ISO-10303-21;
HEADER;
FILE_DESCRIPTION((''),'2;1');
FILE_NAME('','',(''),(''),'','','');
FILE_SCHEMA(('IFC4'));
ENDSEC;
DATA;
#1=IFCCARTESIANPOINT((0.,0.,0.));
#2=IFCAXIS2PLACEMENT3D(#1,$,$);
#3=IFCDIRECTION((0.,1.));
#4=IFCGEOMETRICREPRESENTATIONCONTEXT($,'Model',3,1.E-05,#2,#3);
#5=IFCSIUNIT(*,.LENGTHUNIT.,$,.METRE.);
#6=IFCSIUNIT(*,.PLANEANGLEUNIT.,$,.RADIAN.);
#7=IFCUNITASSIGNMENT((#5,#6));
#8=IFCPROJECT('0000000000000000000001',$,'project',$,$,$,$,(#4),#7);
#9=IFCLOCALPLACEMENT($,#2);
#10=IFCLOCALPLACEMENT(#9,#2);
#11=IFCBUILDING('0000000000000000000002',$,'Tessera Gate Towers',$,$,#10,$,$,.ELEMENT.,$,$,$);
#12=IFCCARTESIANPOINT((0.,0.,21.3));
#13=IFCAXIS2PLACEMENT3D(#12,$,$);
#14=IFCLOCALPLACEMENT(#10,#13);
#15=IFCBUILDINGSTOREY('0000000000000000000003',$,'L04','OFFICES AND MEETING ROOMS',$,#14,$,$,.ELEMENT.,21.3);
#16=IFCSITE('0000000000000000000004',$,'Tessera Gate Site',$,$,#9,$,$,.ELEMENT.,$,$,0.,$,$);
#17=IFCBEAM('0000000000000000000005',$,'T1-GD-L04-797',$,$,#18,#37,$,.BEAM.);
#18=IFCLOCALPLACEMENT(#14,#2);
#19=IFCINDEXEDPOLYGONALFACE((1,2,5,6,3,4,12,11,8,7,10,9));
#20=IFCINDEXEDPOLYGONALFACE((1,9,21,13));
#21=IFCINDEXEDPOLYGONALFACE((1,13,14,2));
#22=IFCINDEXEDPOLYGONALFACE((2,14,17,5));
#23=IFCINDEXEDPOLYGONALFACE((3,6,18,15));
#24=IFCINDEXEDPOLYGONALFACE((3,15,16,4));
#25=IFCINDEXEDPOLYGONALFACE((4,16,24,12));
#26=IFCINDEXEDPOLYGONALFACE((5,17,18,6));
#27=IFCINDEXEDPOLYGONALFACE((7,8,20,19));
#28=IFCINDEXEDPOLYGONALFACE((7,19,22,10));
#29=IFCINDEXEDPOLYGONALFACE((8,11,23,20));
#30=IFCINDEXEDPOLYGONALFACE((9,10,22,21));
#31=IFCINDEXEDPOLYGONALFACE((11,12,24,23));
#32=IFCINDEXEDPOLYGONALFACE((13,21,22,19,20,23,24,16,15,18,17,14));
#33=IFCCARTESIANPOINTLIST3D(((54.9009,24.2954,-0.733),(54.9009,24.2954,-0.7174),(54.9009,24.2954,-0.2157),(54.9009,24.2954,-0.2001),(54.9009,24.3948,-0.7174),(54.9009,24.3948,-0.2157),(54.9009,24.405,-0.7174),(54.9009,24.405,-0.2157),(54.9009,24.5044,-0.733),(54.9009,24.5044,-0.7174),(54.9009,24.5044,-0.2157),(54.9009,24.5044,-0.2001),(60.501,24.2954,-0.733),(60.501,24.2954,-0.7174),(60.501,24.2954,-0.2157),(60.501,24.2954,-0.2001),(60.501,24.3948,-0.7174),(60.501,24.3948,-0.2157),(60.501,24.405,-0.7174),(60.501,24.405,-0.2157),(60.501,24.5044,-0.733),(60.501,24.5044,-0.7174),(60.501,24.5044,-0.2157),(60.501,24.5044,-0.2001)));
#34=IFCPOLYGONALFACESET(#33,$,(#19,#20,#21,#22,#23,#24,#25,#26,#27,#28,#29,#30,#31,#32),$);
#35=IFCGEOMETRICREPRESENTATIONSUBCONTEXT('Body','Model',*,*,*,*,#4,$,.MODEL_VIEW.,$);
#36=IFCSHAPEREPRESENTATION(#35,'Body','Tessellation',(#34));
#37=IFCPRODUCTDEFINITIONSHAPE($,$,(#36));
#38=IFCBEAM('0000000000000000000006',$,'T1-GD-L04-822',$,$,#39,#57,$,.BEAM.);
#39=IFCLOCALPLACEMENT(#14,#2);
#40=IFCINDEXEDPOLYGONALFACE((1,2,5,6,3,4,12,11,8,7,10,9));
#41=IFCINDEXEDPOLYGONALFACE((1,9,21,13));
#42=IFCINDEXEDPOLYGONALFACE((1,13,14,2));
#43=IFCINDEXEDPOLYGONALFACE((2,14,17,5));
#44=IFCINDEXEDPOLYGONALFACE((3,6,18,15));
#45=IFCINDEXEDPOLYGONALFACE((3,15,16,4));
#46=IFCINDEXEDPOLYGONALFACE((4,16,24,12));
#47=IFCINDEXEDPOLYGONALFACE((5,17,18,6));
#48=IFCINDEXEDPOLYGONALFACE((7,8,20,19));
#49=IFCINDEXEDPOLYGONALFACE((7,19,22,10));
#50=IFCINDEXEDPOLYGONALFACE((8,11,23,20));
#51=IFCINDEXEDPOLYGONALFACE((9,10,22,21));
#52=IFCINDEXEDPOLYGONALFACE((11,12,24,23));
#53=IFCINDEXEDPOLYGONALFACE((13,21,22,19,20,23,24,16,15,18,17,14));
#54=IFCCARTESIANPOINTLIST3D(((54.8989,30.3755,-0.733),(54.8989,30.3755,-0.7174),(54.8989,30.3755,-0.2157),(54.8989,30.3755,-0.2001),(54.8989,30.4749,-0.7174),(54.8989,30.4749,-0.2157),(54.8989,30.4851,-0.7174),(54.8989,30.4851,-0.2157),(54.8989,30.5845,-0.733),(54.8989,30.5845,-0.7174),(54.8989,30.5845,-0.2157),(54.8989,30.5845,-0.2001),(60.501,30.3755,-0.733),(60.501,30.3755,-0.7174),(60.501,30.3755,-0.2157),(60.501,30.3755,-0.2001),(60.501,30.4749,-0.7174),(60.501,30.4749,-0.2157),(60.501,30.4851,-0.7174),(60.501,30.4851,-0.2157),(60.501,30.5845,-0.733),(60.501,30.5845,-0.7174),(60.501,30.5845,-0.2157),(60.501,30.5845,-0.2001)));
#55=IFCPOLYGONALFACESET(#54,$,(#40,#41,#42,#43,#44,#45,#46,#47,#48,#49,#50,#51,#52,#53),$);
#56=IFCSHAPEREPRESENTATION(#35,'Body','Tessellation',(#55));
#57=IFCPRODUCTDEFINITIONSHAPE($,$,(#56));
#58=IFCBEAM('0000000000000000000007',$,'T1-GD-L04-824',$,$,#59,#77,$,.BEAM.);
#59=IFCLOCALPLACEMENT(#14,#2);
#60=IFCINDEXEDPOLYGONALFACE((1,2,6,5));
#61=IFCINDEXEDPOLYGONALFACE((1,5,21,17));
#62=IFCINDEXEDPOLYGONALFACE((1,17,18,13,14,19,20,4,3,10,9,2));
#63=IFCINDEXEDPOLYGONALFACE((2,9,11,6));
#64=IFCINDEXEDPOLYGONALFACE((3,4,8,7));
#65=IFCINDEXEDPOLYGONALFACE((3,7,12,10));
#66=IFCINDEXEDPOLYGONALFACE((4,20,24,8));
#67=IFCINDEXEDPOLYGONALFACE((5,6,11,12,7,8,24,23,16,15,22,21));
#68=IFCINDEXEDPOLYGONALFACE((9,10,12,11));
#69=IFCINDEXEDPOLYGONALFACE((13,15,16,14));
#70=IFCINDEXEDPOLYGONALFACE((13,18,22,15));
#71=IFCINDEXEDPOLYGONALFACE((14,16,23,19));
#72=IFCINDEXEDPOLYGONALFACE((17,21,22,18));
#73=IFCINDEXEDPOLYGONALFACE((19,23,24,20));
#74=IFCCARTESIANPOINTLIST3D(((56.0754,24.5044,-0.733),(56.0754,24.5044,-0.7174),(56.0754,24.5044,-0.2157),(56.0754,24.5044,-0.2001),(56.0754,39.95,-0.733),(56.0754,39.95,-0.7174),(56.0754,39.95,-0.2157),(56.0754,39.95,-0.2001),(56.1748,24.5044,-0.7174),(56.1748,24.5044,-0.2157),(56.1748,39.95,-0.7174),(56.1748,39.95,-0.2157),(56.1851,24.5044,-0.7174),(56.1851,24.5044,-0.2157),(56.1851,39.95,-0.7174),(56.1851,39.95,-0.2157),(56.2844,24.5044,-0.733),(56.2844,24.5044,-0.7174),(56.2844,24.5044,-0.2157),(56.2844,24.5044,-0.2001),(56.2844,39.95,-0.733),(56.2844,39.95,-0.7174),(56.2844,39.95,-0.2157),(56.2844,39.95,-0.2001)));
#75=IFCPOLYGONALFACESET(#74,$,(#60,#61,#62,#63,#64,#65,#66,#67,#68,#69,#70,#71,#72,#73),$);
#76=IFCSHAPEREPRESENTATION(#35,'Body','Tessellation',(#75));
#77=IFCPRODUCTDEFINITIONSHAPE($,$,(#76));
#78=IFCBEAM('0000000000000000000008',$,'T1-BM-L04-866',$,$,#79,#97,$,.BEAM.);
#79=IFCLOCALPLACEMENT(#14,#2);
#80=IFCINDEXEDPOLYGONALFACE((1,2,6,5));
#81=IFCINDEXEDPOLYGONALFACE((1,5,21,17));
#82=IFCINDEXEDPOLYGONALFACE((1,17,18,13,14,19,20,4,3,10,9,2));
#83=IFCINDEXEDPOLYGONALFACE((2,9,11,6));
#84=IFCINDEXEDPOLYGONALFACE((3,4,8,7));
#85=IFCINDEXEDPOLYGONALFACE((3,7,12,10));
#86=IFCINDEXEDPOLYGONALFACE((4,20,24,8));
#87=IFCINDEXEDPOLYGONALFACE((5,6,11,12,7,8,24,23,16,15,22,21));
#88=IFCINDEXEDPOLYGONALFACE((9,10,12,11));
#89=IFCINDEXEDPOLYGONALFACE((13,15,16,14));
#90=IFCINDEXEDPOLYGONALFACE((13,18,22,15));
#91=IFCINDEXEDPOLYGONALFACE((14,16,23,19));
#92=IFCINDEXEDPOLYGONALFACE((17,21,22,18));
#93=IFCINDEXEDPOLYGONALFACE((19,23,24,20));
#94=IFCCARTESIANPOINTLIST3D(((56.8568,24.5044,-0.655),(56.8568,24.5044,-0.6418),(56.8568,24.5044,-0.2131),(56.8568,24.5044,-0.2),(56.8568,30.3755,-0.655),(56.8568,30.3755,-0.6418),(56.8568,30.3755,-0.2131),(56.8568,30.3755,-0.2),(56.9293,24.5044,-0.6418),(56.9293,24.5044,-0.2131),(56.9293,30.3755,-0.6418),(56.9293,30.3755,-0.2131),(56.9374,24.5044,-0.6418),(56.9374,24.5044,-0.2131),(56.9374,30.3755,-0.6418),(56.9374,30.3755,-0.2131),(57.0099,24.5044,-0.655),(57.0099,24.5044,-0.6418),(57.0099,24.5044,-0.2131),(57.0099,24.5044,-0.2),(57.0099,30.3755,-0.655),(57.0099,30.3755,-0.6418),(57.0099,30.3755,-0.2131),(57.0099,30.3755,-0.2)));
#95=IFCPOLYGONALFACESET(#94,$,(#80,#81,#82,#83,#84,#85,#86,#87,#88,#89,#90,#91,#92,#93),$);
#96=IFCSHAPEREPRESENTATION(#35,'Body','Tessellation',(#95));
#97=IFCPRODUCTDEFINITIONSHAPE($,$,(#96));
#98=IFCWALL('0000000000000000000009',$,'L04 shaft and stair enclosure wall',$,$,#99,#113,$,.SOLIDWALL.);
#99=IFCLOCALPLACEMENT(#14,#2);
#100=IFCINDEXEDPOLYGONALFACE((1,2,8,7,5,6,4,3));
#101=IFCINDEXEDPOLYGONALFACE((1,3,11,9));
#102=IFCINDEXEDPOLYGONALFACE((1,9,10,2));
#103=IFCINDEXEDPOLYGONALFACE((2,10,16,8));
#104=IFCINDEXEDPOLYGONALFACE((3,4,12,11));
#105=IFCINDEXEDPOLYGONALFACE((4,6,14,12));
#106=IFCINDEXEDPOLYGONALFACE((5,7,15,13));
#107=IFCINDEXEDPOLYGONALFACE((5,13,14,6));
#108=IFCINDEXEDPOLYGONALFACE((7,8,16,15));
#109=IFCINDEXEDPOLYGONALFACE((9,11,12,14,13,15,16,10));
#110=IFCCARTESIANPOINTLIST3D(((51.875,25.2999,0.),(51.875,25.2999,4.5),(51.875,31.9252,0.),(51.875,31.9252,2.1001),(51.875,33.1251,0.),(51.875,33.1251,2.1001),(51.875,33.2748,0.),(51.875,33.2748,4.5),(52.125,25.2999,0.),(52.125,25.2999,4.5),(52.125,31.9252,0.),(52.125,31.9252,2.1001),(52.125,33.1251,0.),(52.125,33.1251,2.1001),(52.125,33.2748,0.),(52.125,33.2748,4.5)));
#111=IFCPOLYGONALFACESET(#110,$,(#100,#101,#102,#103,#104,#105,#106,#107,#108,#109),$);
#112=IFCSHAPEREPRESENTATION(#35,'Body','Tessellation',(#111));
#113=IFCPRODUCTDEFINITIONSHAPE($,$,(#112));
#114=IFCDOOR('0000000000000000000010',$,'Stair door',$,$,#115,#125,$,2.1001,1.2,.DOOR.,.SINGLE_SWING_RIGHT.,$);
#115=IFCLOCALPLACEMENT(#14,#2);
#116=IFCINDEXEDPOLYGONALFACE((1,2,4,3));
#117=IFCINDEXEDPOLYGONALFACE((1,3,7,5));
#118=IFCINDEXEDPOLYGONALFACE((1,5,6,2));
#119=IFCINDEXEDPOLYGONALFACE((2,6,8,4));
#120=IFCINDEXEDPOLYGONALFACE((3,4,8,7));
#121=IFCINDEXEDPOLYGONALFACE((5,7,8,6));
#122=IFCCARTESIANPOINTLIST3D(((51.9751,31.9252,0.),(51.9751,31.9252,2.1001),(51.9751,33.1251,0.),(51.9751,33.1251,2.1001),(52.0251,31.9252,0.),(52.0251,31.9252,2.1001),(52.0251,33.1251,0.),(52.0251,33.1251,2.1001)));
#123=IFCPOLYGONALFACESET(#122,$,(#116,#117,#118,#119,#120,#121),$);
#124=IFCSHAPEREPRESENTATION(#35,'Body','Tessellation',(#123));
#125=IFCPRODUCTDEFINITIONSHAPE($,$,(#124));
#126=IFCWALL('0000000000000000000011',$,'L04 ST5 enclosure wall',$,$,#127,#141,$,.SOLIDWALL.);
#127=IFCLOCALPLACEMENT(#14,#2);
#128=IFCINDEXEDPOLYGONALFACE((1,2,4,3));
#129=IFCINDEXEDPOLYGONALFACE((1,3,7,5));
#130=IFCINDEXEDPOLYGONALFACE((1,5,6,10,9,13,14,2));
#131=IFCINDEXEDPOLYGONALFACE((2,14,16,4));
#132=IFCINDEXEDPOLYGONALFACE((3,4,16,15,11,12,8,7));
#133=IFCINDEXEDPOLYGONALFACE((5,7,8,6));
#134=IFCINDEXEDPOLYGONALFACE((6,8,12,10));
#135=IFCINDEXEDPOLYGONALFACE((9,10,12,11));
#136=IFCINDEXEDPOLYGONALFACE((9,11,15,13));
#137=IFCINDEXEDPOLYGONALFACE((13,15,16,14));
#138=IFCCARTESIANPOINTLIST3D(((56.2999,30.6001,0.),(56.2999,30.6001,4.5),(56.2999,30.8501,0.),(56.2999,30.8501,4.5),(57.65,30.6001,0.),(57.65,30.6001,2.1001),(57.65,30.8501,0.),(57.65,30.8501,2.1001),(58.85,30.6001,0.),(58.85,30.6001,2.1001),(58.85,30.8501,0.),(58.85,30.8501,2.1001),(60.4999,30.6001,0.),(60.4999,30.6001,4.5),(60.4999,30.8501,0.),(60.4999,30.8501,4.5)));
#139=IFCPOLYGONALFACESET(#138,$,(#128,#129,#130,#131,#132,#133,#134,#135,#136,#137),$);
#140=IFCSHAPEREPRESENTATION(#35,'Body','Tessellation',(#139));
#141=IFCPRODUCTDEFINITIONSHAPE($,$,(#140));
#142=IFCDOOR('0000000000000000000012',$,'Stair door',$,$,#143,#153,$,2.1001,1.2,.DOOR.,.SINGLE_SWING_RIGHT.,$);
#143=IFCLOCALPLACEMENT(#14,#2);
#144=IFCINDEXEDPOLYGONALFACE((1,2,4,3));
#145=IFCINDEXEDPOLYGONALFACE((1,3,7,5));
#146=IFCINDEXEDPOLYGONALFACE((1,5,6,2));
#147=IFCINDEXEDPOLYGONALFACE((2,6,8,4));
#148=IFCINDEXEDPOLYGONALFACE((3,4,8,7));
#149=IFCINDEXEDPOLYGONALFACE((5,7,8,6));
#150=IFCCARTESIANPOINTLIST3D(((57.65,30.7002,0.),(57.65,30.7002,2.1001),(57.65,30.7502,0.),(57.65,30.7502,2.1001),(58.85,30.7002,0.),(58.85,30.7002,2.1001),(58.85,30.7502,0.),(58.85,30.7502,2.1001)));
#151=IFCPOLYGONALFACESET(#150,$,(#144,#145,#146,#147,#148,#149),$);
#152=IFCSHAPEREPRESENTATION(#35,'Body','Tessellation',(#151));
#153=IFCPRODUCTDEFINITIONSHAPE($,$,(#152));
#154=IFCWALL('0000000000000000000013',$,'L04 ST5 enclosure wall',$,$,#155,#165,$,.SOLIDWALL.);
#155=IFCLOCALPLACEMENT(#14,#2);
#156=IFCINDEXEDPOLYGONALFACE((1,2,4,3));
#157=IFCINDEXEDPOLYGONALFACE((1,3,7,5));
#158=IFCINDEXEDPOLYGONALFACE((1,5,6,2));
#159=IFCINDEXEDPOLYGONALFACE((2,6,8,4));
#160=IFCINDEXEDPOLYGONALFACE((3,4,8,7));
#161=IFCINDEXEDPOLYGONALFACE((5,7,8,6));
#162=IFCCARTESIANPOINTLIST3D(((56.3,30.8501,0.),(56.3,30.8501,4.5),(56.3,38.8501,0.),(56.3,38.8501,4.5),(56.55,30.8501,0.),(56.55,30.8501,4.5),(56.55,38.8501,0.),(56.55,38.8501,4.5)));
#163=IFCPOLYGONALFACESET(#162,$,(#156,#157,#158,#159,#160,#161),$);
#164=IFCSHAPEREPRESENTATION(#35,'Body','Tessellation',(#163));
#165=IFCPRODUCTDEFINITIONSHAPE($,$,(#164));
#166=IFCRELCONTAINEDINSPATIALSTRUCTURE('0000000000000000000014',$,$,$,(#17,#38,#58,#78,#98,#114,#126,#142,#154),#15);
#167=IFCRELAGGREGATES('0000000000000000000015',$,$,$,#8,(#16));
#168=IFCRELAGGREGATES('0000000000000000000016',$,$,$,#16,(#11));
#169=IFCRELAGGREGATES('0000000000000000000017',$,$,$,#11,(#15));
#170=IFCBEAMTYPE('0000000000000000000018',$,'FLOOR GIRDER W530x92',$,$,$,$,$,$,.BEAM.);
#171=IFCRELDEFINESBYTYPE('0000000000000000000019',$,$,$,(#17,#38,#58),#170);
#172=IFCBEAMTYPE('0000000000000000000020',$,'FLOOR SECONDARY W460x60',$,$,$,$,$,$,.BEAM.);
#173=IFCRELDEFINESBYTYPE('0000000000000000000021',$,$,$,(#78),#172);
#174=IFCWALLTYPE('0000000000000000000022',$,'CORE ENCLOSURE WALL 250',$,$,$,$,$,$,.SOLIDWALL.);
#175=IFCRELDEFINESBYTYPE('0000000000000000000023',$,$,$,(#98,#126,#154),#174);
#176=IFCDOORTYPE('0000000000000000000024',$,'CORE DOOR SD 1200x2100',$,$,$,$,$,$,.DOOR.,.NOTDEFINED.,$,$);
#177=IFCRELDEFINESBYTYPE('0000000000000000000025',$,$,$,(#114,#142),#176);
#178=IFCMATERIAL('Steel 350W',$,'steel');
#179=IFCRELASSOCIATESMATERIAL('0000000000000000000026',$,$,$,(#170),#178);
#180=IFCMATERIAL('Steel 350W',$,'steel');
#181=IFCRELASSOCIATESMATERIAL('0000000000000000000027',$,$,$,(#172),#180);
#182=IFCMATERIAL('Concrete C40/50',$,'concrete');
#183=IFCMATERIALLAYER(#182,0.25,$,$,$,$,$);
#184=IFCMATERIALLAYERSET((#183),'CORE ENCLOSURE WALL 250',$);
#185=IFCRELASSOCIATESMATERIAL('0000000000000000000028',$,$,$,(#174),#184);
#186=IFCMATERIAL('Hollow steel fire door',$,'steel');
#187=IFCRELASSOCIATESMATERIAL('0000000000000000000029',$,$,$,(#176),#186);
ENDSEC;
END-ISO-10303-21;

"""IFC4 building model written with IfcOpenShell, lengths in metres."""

from ifc_helpers import new_model, si_unit, direction, frame, frame_2d, origin, origin_2d, place, context, subcontext, project, spatial, rectangle, i_section, extrude, source, transform, mapped, material, layer, layer_set, material_profile, profile_set, type_object, element, fill, save


model = new_model("IFC4")

# Units and contexts
model_context = context("Model", 3, precision=1e-05, world=origin(), true_north=direction((0.0, 1.0)))
body_context = subcontext(model_context, "Body", "Model", "MODEL_VIEW")
ifc_project = project(units=[si_unit("LENGTHUNIT", "METRE"), si_unit("PLANEANGLEUNIT", "RADIAN")], contexts=[model_context])

# Site, building, storey
site_placement = place(None, origin())
site = spatial("IfcSite", under=ifc_project, at=site_placement, Name="Tessera Gate Site", CompositionType="ELEMENT", RefElevation=0.0)
building_placement = place(site_placement, origin())
building = spatial("IfcBuilding", under=site, at=building_placement, Name="Tessera Gate Towers", CompositionType="ELEMENT")
storey_placement = place(building_placement, frame((0.0, 0.0, 21.3)))
storey = spatial("IfcBuildingStorey", under=building, at=storey_placement, Name="L04", Description="OFFICES AND MEETING ROOMS", CompositionType="ELEMENT", Elevation=21.3)

# Beams
ifc_material_1 = material(Name="Steel 350W", Category="steel")
ifc_material_profile_1 = material_profile(ifc_material_1, i_section(OverallWidth=0.209, OverallDepth=0.533, WebThickness=0.0103, FlangeThickness=0.0156, at=origin_2d()), Name="W530x92")
ifc_profile_set_1 = profile_set([ifc_material_profile_1], Name="Steel 350W")
beam_type_1 = type_object("IfcBeamType", Name="FLOOR GIRDER W530x92", PredefinedType="BEAM", material=ifc_profile_set_1)
beam_1_placement = place(storey_placement, frame((54.9009, 24.3999, -0.4666), z_axis=(1.0, 0.0, 0.0), x_axis=(0.0, 1.0, 0.0)))
element("IfcBeam", 1, at=beam_1_placement, inside=storey, type_object=beam_type_1, Name="T1-GD-L04-797", PredefinedType="BEAM", context=body_context, shape_type="SweptSolid", body=[
    extrude(i_section(OverallWidth=0.209, OverallDepth=0.533, WebThickness=0.0103, FlangeThickness=0.0156, at=origin_2d()), origin(), (0.0, 0.0, 1.0), 5.6001),
])
beam_2_placement = place(storey_placement, frame((54.8989, 30.48, -0.4666), z_axis=(1.0, 0.0, 0.0), x_axis=(0.0, 1.0, 0.0)))
element("IfcBeam", 2, at=beam_2_placement, inside=storey, type_object=beam_type_1, Name="T1-GD-L04-822", PredefinedType="BEAM", context=body_context, shape_type="SweptSolid", body=[
    extrude(i_section(OverallWidth=0.209, OverallDepth=0.533, WebThickness=0.0103, FlangeThickness=0.0156, at=origin_2d()), origin(), (0.0, 0.0, 1.0), 5.6021),
])
beam_3_placement = place(storey_placement, frame((56.1799, 24.5044, -0.4666), z_axis=(0.0, 1.0, 0.0), x_axis=(-1.0, 0.0, 0.0)))
element("IfcBeam", 3, at=beam_3_placement, inside=storey, type_object=beam_type_1, Name="T1-GD-L04-824", PredefinedType="BEAM", context=body_context, shape_type="SweptSolid", body=[
    extrude(i_section(OverallWidth=0.209, OverallDepth=0.533, WebThickness=0.0103, FlangeThickness=0.0156, at=origin_2d()), origin(), (0.0, 0.0, 1.0), 15.4456),
])
ifc_material_2 = material(Name="Steel 350W", Category="steel")
ifc_material_profile_2 = material_profile(ifc_material_2, i_section(OverallWidth=0.1531, OverallDepth=0.4551, WebThickness=0.0081, FlangeThickness=0.0132, at=origin_2d()), Name="W460x60")
ifc_profile_set_2 = profile_set([ifc_material_profile_2], Name="Steel 350W")
beam_type_2 = type_object("IfcBeamType", Name="FLOOR SECONDARY W460x60", PredefinedType="BEAM", material=ifc_profile_set_2)
beam_4_placement = place(storey_placement, frame((56.9333, 24.5044, -0.4275), z_axis=(0.0, 1.0, 0.0), x_axis=(-1.0, 0.0, 0.0)))
element("IfcBeam", 4, at=beam_4_placement, inside=storey, type_object=beam_type_2, Name="T1-BM-L04-866", PredefinedType="BEAM", context=body_context, shape_type="SweptSolid", body=[
    extrude(i_section(OverallWidth=0.1531, OverallDepth=0.4551, WebThickness=0.0081, FlangeThickness=0.0132, at=origin_2d()), origin(), (0.0, 0.0, 1.0), 5.8711),
])

# Walls, openings, doors
ifc_material_3 = material(Name="Concrete C40/50", Category="concrete")
ifc_layer_1 = layer(ifc_material_3, 0.25)
ifc_layer_set_1 = layer_set([ifc_layer_1], Name="CORE ENCLOSURE WALL 250")
wall_type_1 = type_object("IfcWallType", Name="CORE ENCLOSURE WALL 250", PredefinedType="SOLIDWALL", material=ifc_layer_set_1)
wall_1_placement = place(storey_placement, frame((52.0, 25.3, 0.0), z_axis=(0.0, 0.0, 1.0), x_axis=(0.0, 1.0, 0.0)))
wall_1 = element("IfcWall", 5, at=wall_1_placement, inside=storey, type_object=wall_type_1, Name="L04 shaft and stair enclosure wall", PredefinedType="SOLIDWALL", context=body_context, shape_type="SweptSolid", body=[
    extrude(rectangle(XDim=7.9749, YDim=0.25, at=frame_2d((3.9873, 0.0))), origin(), (0.0, 0.0, 1.0), 4.5),
])
shared_shape_1 = source(origin(), body_context, "Body", "SweptSolid", [
    extrude(rectangle(XDim=1.2, YDim=2.1001, at=frame_2d((0.6001, 1.05))), frame((0.0, 0.135, 0.0), z_axis=(0.0, -1.0, 0.0), x_axis=(1.0, 0.0, 0.0)), (0.0, 0.0, 1.0), 0.27),
])
opening_1_placement = place(wall_1_placement, frame((6.625, 0.0, 0.0)))
opening_1 = element("IfcOpeningElement", 6, at=opening_1_placement, cuts=wall_1, PredefinedType="OPENING", context=body_context, shape_type="MappedRepresentation", body=[
    mapped(shared_shape_1, transform((0.0, 0.0, 0.0), scale=1.0)),
])
ifc_material_4 = material(Name="Hollow steel fire door", Category="steel")
door_type_1 = type_object("IfcDoorType", Name="CORE DOOR SD 1200x2100", OperationType="NOTDEFINED", PredefinedType="DOOR", material=ifc_material_4)
shared_shape_2 = source(origin(), body_context, "Body", "SweptSolid", [
    extrude(rectangle(XDim=1.2, YDim=2.1001, at=frame_2d((0.6001, 1.05))), frame((0.0, 0.0249, 0.0), z_axis=(0.0, -1.0, 0.0), x_axis=(1.0, 0.0, 0.0)), (0.0, 0.0, 1.0), 0.05),
])
door_1_placement = place(opening_1_placement, origin())
door_1 = element("IfcDoor", 7, at=door_1_placement, inside=storey, type_object=door_type_1, Name="Stair door", OperationType="SINGLE_SWING_RIGHT", OverallHeight=2.1001, OverallWidth=1.2, PredefinedType="DOOR", context=body_context, shape_type="MappedRepresentation", body=[
    mapped(shared_shape_2, transform((0.0, 0.0, 0.0), scale=1.0)),
])
fill(opening_1, door_1)
wall_2_placement = place(storey_placement, frame((60.5, 30.7251, 0.0), z_axis=(0.0, 0.0, 1.0), x_axis=(-1.0, 0.0, 0.0)))
wall_2 = element("IfcWall", 8, at=wall_2_placement, inside=storey, type_object=wall_type_1, Name="L04 ST5 enclosure wall", PredefinedType="SOLIDWALL", context=body_context, shape_type="SweptSolid", body=[
    extrude(rectangle(XDim=4.2, YDim=0.25, at=frame_2d((2.1001, 0.0))), origin(), (0.0, 0.0, 1.0), 4.5),
])
opening_2_placement = place(wall_2_placement, frame((1.6499, 0.0, 0.0)))
opening_2 = element("IfcOpeningElement", 9, at=opening_2_placement, cuts=wall_2, PredefinedType="OPENING", context=body_context, shape_type="MappedRepresentation", body=[
    mapped(shared_shape_1, transform((0.0, 0.0, 0.0), scale=1.0)),
])
door_2_placement = place(opening_2_placement, origin())
door_2 = element("IfcDoor", 10, at=door_2_placement, inside=storey, type_object=door_type_1, Name="Stair door", OperationType="SINGLE_SWING_RIGHT", OverallHeight=2.1001, OverallWidth=1.2, PredefinedType="DOOR", context=body_context, shape_type="MappedRepresentation", body=[
    mapped(shared_shape_2, transform((0.0, 0.0, 0.0), scale=1.0)),
])
fill(opening_2, door_2)

# Wall
wall_3_placement = place(storey_placement, frame((56.425, 30.8501, 0.0), z_axis=(0.0, 0.0, 1.0), x_axis=(0.0, 1.0, 0.0)))
element("IfcWall", 11, at=wall_3_placement, inside=storey, type_object=wall_type_1, Name="L04 ST5 enclosure wall", PredefinedType="SOLIDWALL", context=body_context, shape_type="SweptSolid", body=[
    extrude(rectangle(XDim=8.0, YDim=0.25, at=frame_2d((4.0, 0.0))), origin(), (0.0, 0.0, 1.0), 4.5),
])

save(model, "model.ifc")
